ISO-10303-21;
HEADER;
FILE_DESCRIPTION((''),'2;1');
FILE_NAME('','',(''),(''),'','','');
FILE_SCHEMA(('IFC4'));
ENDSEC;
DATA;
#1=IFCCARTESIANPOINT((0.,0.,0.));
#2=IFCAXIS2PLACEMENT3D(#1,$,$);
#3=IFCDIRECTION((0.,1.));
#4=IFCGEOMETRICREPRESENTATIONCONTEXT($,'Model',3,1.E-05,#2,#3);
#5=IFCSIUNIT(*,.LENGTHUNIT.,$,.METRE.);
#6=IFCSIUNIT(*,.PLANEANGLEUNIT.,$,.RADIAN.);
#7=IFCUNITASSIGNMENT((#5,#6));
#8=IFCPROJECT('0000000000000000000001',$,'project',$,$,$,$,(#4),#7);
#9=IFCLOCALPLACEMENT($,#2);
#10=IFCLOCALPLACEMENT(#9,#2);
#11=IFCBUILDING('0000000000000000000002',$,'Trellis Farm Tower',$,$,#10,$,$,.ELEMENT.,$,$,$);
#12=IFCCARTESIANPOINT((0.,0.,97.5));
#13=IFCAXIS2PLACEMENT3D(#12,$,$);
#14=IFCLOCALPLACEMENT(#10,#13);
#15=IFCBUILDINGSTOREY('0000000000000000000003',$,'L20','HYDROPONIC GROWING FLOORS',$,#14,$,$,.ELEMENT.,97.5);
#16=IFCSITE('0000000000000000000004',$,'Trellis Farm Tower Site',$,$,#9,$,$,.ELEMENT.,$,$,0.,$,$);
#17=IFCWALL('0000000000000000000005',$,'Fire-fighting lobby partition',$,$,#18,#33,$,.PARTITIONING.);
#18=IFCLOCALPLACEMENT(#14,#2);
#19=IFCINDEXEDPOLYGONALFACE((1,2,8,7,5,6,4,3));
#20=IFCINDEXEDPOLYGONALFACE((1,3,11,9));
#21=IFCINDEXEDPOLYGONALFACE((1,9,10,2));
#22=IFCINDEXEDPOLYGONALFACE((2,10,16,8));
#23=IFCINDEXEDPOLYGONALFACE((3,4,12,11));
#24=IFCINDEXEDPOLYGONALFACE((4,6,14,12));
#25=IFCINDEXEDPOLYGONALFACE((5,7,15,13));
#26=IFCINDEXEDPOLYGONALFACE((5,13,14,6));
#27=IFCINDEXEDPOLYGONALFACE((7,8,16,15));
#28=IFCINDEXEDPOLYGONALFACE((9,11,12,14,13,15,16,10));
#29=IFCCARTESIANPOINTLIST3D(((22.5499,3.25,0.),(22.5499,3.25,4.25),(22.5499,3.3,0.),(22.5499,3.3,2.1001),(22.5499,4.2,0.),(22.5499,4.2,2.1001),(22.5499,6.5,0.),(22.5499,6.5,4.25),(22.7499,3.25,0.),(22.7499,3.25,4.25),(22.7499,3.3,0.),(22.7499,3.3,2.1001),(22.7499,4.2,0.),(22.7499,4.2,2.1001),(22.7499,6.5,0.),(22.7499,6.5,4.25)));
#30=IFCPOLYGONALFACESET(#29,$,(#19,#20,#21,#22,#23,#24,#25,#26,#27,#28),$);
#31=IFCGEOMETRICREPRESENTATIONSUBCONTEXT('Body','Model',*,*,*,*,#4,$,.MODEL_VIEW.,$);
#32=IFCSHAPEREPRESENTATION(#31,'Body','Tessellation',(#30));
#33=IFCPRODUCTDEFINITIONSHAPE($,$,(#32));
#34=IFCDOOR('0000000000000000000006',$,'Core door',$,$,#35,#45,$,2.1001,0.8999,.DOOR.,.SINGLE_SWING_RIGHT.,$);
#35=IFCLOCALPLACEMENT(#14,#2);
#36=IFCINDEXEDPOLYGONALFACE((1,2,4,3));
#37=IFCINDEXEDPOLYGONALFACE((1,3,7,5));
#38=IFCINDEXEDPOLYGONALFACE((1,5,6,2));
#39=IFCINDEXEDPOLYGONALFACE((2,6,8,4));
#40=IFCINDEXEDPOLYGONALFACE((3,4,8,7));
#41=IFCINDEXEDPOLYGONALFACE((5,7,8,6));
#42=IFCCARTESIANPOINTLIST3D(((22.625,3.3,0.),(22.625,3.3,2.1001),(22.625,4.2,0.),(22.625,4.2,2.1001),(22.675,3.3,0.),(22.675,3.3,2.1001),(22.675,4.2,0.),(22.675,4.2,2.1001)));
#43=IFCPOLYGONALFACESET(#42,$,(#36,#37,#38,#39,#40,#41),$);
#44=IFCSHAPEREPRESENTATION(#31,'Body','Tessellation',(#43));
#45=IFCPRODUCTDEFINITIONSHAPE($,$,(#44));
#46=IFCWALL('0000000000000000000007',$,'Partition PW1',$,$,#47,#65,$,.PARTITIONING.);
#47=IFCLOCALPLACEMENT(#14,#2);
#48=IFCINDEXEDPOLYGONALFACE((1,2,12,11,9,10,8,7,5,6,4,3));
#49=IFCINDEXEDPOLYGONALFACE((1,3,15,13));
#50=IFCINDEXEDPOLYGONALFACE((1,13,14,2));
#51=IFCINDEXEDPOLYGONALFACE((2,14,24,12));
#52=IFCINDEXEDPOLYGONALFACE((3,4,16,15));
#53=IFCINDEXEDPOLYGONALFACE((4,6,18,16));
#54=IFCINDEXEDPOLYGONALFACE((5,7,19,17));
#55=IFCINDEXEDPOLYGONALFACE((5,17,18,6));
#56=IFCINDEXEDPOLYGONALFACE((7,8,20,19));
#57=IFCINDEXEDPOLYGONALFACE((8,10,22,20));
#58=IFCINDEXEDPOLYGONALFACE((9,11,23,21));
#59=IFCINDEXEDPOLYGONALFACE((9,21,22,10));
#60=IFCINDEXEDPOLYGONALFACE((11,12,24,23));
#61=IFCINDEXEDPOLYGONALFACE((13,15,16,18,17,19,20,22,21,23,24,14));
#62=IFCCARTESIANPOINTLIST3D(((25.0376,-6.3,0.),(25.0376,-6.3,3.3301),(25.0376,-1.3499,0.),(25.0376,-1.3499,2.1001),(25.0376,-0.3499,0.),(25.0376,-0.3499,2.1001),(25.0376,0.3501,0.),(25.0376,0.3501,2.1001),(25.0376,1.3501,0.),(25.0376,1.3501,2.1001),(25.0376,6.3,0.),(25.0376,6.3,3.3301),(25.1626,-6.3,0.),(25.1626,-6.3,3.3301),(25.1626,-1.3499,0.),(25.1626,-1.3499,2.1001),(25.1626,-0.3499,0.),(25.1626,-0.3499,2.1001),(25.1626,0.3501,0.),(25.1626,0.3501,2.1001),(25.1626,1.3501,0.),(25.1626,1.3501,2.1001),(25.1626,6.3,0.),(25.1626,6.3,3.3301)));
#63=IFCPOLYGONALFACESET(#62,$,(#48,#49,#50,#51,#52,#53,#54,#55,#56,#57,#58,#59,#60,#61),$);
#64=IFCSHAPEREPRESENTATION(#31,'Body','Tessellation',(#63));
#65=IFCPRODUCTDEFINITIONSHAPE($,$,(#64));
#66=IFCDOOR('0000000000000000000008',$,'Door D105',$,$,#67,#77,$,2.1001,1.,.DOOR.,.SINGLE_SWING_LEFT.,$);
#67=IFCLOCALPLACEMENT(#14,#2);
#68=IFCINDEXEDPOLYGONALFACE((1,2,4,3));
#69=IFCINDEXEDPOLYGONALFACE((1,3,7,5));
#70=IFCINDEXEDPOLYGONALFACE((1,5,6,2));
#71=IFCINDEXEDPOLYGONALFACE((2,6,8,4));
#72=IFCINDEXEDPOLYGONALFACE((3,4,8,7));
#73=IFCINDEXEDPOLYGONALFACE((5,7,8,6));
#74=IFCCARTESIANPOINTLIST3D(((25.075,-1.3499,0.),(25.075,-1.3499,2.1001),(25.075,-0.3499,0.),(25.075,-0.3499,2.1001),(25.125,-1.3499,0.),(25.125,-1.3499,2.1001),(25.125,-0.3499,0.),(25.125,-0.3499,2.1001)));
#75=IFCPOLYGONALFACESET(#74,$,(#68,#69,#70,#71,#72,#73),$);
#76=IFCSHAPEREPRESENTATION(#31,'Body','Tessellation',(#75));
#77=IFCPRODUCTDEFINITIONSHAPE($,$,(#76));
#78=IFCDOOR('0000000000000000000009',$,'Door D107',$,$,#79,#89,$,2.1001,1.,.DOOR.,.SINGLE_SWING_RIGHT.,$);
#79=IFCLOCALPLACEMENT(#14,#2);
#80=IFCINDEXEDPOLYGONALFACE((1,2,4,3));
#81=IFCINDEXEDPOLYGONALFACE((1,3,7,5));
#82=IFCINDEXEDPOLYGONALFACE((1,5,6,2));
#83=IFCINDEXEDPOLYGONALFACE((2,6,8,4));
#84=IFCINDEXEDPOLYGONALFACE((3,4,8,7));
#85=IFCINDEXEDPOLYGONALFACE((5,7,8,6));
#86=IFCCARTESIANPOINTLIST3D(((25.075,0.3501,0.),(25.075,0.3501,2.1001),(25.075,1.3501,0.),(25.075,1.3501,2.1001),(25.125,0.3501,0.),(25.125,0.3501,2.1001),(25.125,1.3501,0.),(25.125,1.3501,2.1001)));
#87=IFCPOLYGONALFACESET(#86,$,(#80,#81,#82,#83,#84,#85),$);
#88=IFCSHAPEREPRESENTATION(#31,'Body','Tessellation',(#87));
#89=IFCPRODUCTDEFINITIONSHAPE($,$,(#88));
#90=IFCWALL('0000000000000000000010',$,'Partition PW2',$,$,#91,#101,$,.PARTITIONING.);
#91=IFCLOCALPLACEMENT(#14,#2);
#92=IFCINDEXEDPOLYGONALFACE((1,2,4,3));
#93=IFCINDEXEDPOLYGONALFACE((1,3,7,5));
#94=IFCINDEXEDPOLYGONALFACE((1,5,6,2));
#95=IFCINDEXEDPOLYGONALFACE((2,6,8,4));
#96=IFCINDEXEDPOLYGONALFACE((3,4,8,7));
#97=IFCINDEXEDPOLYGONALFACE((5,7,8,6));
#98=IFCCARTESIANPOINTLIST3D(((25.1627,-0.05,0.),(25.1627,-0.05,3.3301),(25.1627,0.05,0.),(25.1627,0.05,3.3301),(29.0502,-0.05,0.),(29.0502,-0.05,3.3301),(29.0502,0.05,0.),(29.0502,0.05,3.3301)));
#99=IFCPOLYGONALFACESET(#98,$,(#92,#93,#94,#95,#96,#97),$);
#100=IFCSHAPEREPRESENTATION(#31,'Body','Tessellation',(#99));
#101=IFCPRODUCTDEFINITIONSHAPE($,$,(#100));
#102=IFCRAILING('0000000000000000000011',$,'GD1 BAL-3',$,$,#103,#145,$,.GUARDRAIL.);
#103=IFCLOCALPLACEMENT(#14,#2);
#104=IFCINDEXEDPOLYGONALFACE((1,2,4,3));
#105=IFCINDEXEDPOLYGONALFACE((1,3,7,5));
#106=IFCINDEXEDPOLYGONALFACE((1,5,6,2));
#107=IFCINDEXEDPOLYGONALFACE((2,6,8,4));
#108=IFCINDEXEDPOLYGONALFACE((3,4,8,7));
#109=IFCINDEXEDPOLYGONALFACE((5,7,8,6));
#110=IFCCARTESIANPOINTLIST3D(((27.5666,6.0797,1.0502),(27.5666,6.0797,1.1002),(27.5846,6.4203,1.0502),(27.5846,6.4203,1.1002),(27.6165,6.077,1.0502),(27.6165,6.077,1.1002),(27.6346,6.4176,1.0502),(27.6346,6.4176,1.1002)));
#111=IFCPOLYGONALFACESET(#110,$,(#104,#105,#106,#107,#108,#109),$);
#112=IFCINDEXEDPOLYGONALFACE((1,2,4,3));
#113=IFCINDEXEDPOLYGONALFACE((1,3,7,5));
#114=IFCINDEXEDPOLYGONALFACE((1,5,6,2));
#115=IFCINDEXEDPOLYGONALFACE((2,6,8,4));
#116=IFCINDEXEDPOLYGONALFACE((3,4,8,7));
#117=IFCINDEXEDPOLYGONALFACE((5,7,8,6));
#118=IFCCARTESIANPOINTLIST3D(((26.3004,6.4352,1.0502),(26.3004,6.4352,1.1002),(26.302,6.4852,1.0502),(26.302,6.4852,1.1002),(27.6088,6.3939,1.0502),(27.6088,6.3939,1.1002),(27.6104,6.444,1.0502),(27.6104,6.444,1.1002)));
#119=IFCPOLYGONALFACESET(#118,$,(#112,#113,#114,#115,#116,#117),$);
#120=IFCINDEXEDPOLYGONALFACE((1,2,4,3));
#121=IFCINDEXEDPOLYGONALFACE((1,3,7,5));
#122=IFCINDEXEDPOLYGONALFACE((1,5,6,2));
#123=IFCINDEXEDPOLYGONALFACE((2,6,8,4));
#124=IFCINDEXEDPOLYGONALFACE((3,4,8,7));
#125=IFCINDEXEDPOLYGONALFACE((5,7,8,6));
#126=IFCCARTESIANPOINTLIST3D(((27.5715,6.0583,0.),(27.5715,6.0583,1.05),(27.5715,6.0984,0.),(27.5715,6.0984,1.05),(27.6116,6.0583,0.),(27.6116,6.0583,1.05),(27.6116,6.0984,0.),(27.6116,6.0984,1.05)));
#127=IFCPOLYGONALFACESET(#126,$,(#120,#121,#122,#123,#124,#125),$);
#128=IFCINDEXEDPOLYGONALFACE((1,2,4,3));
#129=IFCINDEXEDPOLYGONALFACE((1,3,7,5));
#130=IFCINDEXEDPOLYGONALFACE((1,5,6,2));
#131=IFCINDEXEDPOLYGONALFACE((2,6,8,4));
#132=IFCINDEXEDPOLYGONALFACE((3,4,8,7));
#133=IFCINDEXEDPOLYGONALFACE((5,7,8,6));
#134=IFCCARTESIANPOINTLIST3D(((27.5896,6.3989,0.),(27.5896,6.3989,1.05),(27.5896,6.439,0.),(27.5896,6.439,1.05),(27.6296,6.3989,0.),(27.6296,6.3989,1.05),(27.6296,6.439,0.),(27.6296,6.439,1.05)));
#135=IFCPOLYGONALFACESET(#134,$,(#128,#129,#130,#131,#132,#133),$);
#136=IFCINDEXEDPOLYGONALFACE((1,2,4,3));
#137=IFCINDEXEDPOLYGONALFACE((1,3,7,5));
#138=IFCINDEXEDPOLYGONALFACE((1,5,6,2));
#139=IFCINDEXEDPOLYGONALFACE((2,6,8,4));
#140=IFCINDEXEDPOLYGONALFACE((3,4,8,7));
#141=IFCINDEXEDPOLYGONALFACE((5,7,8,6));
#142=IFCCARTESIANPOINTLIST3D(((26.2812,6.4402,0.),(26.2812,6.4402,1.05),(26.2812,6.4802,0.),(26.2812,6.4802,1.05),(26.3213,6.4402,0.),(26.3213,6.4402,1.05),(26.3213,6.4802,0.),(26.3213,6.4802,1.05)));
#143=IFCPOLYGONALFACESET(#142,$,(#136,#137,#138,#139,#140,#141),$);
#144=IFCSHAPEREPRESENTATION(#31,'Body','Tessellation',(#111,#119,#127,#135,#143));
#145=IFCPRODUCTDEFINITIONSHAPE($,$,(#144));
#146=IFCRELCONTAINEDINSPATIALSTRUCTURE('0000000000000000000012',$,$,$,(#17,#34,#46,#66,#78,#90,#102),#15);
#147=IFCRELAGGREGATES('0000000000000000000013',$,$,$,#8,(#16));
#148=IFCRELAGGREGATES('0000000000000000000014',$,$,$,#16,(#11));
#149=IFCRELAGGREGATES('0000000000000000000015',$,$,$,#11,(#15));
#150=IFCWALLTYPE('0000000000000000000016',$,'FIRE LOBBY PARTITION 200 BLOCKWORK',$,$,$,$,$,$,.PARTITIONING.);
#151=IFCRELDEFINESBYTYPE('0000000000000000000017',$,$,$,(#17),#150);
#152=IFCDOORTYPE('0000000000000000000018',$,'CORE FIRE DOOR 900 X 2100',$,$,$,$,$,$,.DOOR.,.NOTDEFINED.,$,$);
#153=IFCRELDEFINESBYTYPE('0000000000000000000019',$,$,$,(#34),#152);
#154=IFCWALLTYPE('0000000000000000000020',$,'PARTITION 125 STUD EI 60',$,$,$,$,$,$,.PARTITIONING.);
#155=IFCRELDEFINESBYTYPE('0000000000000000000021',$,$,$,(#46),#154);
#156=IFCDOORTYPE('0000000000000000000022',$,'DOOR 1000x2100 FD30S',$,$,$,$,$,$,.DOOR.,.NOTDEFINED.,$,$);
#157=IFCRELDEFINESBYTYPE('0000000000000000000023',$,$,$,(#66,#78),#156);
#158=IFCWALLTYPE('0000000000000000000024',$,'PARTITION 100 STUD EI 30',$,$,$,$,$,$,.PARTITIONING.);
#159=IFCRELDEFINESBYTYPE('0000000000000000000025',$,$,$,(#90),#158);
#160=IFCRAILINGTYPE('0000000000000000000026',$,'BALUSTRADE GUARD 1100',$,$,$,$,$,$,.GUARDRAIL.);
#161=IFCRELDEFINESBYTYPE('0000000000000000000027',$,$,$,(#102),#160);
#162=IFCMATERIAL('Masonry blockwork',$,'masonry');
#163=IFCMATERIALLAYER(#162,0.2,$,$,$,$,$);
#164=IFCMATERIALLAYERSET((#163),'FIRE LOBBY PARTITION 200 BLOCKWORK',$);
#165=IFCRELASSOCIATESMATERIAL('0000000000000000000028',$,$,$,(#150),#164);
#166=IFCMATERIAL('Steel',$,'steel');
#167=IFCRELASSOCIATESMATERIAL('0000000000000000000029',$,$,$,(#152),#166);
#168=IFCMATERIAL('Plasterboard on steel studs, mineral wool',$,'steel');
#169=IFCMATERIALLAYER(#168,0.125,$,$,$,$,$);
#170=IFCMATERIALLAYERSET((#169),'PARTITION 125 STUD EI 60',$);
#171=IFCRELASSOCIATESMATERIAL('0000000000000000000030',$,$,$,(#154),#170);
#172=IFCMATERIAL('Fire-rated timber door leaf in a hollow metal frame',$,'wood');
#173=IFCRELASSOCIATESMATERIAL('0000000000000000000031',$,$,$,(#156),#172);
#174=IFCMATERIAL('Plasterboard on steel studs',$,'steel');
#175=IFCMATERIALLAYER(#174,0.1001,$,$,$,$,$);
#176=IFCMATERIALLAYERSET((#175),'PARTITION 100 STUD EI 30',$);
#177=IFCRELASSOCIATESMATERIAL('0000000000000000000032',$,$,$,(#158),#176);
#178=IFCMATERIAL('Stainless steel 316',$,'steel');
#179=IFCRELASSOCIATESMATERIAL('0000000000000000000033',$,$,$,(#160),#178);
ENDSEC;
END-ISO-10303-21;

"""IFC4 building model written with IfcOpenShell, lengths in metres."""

from ifc_helpers import new_model, si_unit, direction, frame, frame_2d, origin, origin_2d, place, context, subcontext, project, spatial, rectangle, extrude, source, transform, mapped, material, layer, layer_set, type_object, element, fill, save


model = new_model("IFC4")

# Units and contexts
model_context = context("Model", 3, precision=1e-05, world=origin(), true_north=direction((0.0, 1.0)))
body_context = subcontext(model_context, "Body", "Model", "MODEL_VIEW")
ifc_project = project(units=[si_unit("LENGTHUNIT", "METRE"), si_unit("PLANEANGLEUNIT", "RADIAN")], contexts=[model_context])

# Site, building, storey
site_placement = place(None, origin())
site = spatial("IfcSite", under=ifc_project, at=site_placement, Name="Trellis Farm Tower Site", CompositionType="ELEMENT", RefElevation=0.0)
building_placement = place(site_placement, origin())
building = spatial("IfcBuilding", under=site, at=building_placement, Name="Trellis Farm Tower", CompositionType="ELEMENT")
storey_placement = place(building_placement, frame((0.0, 0.0, 97.5)))
storey = spatial("IfcBuildingStorey", under=building, at=storey_placement, Name="L20", Description="HYDROPONIC GROWING FLOORS", CompositionType="ELEMENT", Elevation=97.5)

# Wall, opening, door
ifc_material_1 = material(Name="Masonry blockwork", Category="masonry")
ifc_layer_1 = layer(ifc_material_1, 0.2)
ifc_layer_set_1 = layer_set([ifc_layer_1], Name="FIRE LOBBY PARTITION 200 BLOCKWORK")
wall_type_1 = type_object("IfcWallType", Name="FIRE LOBBY PARTITION 200 BLOCKWORK", PredefinedType="PARTITIONING", material=ifc_layer_set_1)
shared_shape_1 = source(origin(), body_context, "Body", "SweptSolid", [
    extrude(rectangle(XDim=3.25, YDim=0.2, at=frame_2d((1.625, 0.0))), origin(), (0.0, 0.0, 1.0), 4.25),
])
ifc_material_2 = material(Name="Steel", Category="steel")
wall_1_placement = place(storey_placement, frame((22.6499, 3.25, 0.0), z_axis=(0.0, 0.0, 1.0), x_axis=(0.0, 1.0, 0.0)))
wall_1 = element("IfcWall", 1, at=wall_1_placement, inside=storey, type_object=wall_type_1, Name="Fire-fighting lobby partition", PredefinedType="PARTITIONING", context=body_context, shape_type="MappedRepresentation", body=[
    mapped(shared_shape_1, transform((0.0, 0.0, 0.0))),
])
shared_shape_2 = source(origin(), body_context, "Body", "SweptSolid", [
    extrude(rectangle(XDim=0.8999, YDim=2.1001, at=frame_2d((0.45, 1.05))), frame((0.0, 0.1101, 0.0), z_axis=(0.0, -1.0, 0.0), x_axis=(1.0, 0.0, 0.0)), (0.0, 0.0, 1.0), 0.2202),
])
opening_1_placement = place(wall_1_placement, frame((0.05, 0.0, 0.0)))
opening_1 = element("IfcOpeningElement", 2, at=opening_1_placement, cuts=wall_1, PredefinedType="OPENING", context=body_context, shape_type="MappedRepresentation", body=[
    mapped(shared_shape_2, transform((0.0, 0.0, 0.0))),
])
door_type_1 = type_object("IfcDoorType", Name="CORE FIRE DOOR 900 X 2100", OperationType="NOTDEFINED", PredefinedType="DOOR", material=ifc_material_2)
shared_shape_3 = source(origin(), body_context, "Body", "SweptSolid", [
    extrude(rectangle(XDim=0.8999, YDim=2.1001, at=frame_2d((0.45, 1.05))), frame((0.0, 0.0249, 0.0), z_axis=(0.0, -1.0, 0.0), x_axis=(1.0, 0.0, 0.0)), (0.0, 0.0, 1.0), 0.05),
])
door_1_placement = place(opening_1_placement, origin())
door_1 = element("IfcDoor", 3, at=door_1_placement, inside=storey, type_object=door_type_1, Name="Core door", OperationType="SINGLE_SWING_RIGHT", OverallHeight=2.1001, OverallWidth=0.8999, PredefinedType="DOOR", context=body_context, shape_type="MappedRepresentation", body=[
    mapped(shared_shape_3, transform((0.0, 0.0, 0.0))),
])
fill(opening_1, door_1)

# Wall, openings, doors
ifc_material_3 = material(Name="Plasterboard on steel studs, mineral wool", Category="steel")
ifc_layer_2 = layer(ifc_material_3, 0.125)
ifc_layer_set_2 = layer_set([ifc_layer_2], Name="PARTITION 125 STUD EI 60")
wall_type_2 = type_object("IfcWallType", Name="PARTITION 125 STUD EI 60", PredefinedType="PARTITIONING", material=ifc_layer_set_2)
shared_shape_4 = source(origin(), body_context, "Body", "SweptSolid", [
    extrude(rectangle(XDim=12.6001, YDim=0.125, at=frame_2d((6.3, 0.0))), origin(), (0.0, 0.0, 1.0), 3.3301),
])
wall_2_placement = place(storey_placement, frame((25.1001, 6.3, 0.0), z_axis=(0.0, 0.0, 1.0), x_axis=(0.0, -1.0, 0.0)))
wall_2 = element("IfcWall", 4, at=wall_2_placement, inside=storey, type_object=wall_type_2, Name="Partition PW1", PredefinedType="PARTITIONING", context=body_context, shape_type="MappedRepresentation", body=[
    mapped(shared_shape_4, transform((0.0, 0.0, 0.0))),
])
shared_shape_5 = source(origin(), body_context, "Body", "SweptSolid", [
    extrude(rectangle(XDim=1.0, YDim=2.1001, at=frame_2d((0.5, 1.05))), frame((0.0, 0.0725, 0.0), z_axis=(0.0, -1.0, 0.0), x_axis=(1.0, 0.0, 0.0)), (0.0, 0.0, 1.0), 0.145),
])
opening_2_placement = place(wall_2_placement, frame((6.6499, 0.0, 0.0)))
opening_2 = element("IfcOpeningElement", 5, at=opening_2_placement, cuts=wall_2, PredefinedType="OPENING", context=body_context, shape_type="MappedRepresentation", body=[
    mapped(shared_shape_5, transform((0.0, 0.0, 0.0))),
])
opening_3_placement = place(wall_2_placement, frame((4.95, 0.0, 0.0)))
opening_3 = element("IfcOpeningElement", 6, at=opening_3_placement, cuts=wall_2, PredefinedType="OPENING", context=body_context, shape_type="MappedRepresentation", body=[
    mapped(shared_shape_5, transform((0.0, 0.0, 0.0))),
])
ifc_material_4 = material(Name="Fire-rated timber door leaf in a hollow metal frame", Category="wood")
door_type_2 = type_object("IfcDoorType", Name="DOOR 1000x2100 FD30S", OperationType="NOTDEFINED", PredefinedType="DOOR", material=ifc_material_4)
shared_shape_6 = source(origin(), body_context, "Body", "SweptSolid", [
    extrude(rectangle(XDim=1.0, YDim=2.1001, at=frame_2d((0.5, 1.05))), frame((0.0, 0.0249, 0.0), z_axis=(0.0, -1.0, 0.0), x_axis=(1.0, 0.0, 0.0)), (0.0, 0.0, 1.0), 0.05),
])
door_2_placement = place(opening_2_placement, origin())
door_2 = element("IfcDoor", 7, at=door_2_placement, inside=storey, type_object=door_type_2, Name="Door D105", OperationType="SINGLE_SWING_LEFT", OverallHeight=2.1001, OverallWidth=1.0, PredefinedType="DOOR", context=body_context, shape_type="MappedRepresentation", body=[
    mapped(shared_shape_6, transform((0.0, 0.0, 0.0))),
])
fill(opening_2, door_2)
door_3_placement = place(opening_3_placement, origin())
door_3 = element("IfcDoor", 8, at=door_3_placement, inside=storey, type_object=door_type_2, Name="Door D107", OperationType="SINGLE_SWING_RIGHT", OverallHeight=2.1001, OverallWidth=1.0, PredefinedType="DOOR", context=body_context, shape_type="MappedRepresentation", body=[
    mapped(shared_shape_6, transform((0.0, 0.0, 0.0))),
])
fill(opening_3, door_3)

# Wall
ifc_material_5 = material(Name="Plasterboard on steel studs", Category="steel")
ifc_layer_3 = layer(ifc_material_5, 0.1001)
ifc_layer_set_3 = layer_set([ifc_layer_3], Name="PARTITION 100 STUD EI 30")
wall_type_3 = type_object("IfcWallType", Name="PARTITION 100 STUD EI 30", PredefinedType="PARTITIONING", material=ifc_layer_set_3)
shared_shape_7 = source(origin(), body_context, "Body", "SweptSolid", [
    extrude(rectangle(XDim=3.8875, YDim=0.1001, at=frame_2d((1.9438, 0.0))), origin(), (0.0, 0.0, 1.0), 3.3301),
])
wall_3_placement = place(storey_placement, frame((25.1626, 0.0, 0.0), z_axis=(0.0, 0.0, 1.0), x_axis=(1.0, 0.0, 0.0)))
element("IfcWall", 9, at=wall_3_placement, inside=storey, type_object=wall_type_3, Name="Partition PW2", PredefinedType="PARTITIONING", context=body_context, shape_type="MappedRepresentation", body=[
    mapped(shared_shape_7, transform((0.0, 0.0, 0.0))),
])

# Railing
ifc_material_6 = material(Name="Stainless steel 316", Category="steel")
railing_type = type_object("IfcRailingType", Name="BALUSTRADE GUARD 1100", PredefinedType="GUARDRAIL", material=ifc_material_6)
railing_placement = place(storey_placement, frame((27.5916, 6.0784, 0.0)))
element("IfcRailing", 10, at=railing_placement, inside=storey, type_object=railing_type, Name="GD1 BAL-3", PredefinedType="GUARDRAIL", context=body_context, shape_type="SweptSolid", body=[
    extrude(rectangle(XDim=0.05, YDim=0.05, at=origin_2d()), frame((0.0, 0.0, 1.0752), z_axis=(0.052972, 0.998596, 0.0), x_axis=(-0.998596, 0.052972, 0.0)), (0.0, 0.0, 1.0), 0.3411),
    extrude(rectangle(XDim=0.05, YDim=0.05, at=origin_2d()), frame((0.0181, 0.3406, 1.0752), z_axis=(-0.999503, 0.03152, 0.0), x_axis=(-0.03152, -0.999503, 0.0)), (0.0, 0.0, 1.0), 1.3091),
    extrude(rectangle(XDim=0.04, YDim=0.04, at=origin_2d()), origin(), (0.0, 0.0, 1.0), 1.05),
    extrude(rectangle(XDim=0.04, YDim=0.04, at=origin_2d()), frame((0.0181, 0.3406, 0.0)), (0.0, 0.0, 1.0), 1.05),
    extrude(rectangle(XDim=0.04, YDim=0.04, at=origin_2d()), frame((-1.2903, 0.3818, 0.0)), (0.0, 0.0, 1.0), 1.05),
])

save(model, "model.ifc")
